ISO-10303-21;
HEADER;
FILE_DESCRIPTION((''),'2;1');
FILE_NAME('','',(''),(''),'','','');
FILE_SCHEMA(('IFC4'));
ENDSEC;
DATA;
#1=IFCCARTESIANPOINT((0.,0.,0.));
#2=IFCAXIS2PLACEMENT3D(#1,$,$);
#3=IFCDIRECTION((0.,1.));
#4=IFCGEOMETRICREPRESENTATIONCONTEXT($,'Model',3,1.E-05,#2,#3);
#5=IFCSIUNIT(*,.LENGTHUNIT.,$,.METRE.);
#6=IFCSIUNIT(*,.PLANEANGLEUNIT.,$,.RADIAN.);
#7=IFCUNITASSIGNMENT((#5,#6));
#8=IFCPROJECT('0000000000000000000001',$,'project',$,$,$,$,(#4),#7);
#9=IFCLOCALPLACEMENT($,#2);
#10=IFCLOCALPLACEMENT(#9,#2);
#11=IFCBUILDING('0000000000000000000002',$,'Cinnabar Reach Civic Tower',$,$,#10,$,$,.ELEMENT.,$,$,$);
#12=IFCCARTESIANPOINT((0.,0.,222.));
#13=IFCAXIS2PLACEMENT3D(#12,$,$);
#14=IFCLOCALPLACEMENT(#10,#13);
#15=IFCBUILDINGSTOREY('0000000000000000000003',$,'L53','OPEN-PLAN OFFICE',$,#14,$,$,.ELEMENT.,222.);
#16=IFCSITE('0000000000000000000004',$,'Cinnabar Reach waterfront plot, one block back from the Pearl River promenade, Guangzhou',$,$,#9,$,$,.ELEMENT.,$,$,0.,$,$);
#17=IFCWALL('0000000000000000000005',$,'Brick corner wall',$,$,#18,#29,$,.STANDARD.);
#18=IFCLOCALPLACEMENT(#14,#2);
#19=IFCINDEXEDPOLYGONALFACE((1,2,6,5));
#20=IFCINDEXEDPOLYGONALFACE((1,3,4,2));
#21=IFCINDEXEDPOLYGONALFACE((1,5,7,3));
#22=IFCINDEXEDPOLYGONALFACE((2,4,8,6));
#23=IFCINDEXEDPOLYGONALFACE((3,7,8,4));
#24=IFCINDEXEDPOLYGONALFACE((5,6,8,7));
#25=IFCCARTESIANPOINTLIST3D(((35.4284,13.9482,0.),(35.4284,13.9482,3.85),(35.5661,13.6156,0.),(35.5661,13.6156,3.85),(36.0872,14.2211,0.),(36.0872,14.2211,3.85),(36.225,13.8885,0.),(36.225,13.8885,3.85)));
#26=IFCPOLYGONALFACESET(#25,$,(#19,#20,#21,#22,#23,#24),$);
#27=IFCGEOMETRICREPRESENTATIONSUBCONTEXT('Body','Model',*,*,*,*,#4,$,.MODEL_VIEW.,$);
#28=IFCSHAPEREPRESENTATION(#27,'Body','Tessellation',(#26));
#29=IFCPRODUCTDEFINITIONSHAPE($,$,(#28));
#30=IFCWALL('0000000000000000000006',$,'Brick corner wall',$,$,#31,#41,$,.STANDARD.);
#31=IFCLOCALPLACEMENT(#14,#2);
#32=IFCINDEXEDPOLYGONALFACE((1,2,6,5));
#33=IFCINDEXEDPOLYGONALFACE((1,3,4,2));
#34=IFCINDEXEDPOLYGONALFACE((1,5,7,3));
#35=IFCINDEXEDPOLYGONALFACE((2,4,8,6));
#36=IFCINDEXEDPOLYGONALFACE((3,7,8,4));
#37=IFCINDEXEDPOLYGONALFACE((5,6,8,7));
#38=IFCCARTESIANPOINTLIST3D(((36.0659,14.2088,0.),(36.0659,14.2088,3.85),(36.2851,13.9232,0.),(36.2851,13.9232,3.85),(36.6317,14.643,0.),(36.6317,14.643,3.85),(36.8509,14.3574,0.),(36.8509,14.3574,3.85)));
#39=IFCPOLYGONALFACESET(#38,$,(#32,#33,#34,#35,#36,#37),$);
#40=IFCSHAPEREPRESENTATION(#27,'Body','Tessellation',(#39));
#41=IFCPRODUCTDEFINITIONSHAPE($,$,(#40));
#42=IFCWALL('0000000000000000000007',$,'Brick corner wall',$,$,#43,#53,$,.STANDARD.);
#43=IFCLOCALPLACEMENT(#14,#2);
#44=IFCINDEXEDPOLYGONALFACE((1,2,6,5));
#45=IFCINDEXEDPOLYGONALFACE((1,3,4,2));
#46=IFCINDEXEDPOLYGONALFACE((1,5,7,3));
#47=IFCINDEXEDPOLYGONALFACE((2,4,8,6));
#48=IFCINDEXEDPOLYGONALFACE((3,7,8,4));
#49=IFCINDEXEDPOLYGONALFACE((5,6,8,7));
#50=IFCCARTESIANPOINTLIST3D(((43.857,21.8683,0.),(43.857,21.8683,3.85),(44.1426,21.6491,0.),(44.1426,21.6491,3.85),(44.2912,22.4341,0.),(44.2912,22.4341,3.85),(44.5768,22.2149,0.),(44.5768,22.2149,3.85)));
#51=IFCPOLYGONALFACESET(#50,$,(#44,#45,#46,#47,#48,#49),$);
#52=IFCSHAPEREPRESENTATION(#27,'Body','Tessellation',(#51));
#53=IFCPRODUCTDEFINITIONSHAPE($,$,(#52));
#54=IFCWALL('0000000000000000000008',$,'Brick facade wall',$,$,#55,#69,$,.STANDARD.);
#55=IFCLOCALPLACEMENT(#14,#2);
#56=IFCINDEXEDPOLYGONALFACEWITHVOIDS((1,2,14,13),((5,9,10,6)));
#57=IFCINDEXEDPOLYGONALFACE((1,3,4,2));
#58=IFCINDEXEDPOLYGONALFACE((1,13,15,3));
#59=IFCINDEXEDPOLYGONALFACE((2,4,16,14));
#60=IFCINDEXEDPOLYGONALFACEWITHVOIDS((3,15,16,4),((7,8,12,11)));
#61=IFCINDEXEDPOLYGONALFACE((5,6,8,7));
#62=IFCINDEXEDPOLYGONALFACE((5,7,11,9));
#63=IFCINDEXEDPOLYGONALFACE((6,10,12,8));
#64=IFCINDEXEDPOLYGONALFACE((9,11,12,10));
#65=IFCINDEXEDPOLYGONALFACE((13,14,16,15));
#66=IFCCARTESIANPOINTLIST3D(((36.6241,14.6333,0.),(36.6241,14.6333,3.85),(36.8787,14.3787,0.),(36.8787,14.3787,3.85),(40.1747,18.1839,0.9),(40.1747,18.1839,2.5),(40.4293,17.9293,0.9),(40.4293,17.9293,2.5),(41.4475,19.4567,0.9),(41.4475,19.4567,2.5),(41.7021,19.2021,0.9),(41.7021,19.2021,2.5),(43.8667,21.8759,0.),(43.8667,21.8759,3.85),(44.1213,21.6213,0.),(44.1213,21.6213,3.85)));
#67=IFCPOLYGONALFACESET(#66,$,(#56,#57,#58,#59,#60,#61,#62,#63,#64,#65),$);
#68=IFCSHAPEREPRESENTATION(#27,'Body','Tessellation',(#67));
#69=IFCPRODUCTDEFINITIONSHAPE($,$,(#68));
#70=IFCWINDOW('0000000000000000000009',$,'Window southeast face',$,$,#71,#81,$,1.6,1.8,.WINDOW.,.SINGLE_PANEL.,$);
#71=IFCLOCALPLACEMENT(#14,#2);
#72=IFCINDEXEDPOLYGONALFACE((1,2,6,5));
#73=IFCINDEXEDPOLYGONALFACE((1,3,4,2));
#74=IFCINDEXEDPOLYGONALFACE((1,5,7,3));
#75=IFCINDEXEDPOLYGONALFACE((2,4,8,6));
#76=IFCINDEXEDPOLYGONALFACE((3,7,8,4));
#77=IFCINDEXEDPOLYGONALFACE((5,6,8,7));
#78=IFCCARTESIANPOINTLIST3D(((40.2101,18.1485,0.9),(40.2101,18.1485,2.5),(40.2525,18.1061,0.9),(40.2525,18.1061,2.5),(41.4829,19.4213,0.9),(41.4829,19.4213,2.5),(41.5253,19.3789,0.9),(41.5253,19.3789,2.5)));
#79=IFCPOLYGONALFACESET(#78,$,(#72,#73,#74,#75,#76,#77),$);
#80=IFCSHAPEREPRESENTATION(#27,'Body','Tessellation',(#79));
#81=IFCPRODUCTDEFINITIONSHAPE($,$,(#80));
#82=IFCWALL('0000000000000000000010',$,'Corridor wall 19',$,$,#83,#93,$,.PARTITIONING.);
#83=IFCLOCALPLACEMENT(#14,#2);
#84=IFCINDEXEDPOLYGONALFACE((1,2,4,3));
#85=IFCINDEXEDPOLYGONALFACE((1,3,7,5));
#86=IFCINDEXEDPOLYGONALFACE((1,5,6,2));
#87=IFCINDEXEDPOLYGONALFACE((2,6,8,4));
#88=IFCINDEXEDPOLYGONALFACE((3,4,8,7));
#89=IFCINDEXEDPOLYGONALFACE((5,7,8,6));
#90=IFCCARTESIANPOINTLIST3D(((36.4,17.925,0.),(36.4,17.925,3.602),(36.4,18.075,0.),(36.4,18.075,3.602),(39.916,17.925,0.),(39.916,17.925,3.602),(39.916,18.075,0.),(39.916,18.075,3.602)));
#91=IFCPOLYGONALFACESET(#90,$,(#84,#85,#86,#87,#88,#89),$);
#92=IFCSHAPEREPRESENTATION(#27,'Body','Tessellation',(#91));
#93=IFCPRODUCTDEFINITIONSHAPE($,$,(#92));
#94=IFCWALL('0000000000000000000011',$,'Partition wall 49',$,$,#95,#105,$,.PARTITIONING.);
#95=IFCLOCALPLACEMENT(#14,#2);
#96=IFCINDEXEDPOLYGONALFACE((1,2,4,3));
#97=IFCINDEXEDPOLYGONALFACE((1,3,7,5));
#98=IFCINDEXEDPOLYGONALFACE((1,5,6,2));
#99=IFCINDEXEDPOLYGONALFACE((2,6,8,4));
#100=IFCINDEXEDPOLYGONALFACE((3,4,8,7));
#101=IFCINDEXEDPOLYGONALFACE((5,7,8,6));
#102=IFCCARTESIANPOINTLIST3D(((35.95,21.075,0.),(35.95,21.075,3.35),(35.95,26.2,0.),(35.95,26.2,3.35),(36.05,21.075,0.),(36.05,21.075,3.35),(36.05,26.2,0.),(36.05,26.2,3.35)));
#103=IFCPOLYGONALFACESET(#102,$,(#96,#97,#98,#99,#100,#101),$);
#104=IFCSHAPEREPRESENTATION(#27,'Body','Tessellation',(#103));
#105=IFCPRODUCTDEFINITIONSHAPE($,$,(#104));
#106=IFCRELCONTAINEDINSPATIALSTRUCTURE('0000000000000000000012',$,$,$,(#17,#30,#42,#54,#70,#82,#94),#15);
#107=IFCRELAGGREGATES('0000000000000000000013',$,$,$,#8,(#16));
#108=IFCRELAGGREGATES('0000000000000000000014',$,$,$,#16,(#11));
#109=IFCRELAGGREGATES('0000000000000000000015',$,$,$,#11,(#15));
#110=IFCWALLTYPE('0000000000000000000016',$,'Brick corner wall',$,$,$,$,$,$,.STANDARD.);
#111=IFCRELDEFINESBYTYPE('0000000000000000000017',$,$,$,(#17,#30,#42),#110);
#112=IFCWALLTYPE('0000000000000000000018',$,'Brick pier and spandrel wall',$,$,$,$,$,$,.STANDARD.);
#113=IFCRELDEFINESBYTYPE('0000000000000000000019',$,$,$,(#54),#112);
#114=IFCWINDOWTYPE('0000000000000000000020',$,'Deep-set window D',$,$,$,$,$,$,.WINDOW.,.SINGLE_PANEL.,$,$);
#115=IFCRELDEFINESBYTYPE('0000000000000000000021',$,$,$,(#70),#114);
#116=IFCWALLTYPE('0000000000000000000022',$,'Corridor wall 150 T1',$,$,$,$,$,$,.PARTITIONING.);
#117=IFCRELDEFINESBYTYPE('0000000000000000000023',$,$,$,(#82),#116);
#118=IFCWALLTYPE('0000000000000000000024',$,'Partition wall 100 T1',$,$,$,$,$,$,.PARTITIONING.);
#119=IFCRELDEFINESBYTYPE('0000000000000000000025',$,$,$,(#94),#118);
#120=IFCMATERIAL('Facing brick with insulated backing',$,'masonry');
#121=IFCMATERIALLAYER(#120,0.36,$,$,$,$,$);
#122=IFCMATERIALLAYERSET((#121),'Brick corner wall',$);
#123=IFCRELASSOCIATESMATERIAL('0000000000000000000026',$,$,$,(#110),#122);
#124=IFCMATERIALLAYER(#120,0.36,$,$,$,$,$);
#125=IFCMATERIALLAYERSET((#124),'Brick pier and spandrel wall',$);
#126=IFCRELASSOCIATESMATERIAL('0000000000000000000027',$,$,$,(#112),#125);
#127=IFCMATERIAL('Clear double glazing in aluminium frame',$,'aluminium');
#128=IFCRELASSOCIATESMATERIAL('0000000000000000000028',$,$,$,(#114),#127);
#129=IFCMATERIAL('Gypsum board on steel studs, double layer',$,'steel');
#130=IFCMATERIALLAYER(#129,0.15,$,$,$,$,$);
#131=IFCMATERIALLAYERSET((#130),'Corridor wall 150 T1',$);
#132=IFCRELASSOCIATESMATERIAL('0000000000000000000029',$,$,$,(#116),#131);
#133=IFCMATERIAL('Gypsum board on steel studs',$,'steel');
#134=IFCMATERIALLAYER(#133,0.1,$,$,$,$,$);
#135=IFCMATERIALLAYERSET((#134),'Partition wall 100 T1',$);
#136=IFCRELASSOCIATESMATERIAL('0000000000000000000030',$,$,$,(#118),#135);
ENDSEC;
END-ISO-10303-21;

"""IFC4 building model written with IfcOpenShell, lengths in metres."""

from ifc_helpers import new_model, si_unit, direction, frame, frame_2d, origin, place, context, subcontext, project, spatial, rectangle, extrude, material, layer, layer_set, type_object, element, fill, save


model = new_model("IFC4")

# Units and contexts
model_context = context("Model", 3, precision=1e-05, world=origin(), true_north=direction((0.0, 1.0)))
body_context = subcontext(model_context, "Body", "Model", "MODEL_VIEW")
ifc_project = project(units=[si_unit("LENGTHUNIT", "METRE"), si_unit("PLANEANGLEUNIT", "RADIAN")], contexts=[model_context])

# Site, building, storey
site_placement = place(None, origin())
site = spatial("IfcSite", under=ifc_project, at=site_placement, Name="Cinnabar Reach waterfront plot, one block back from the Pearl River promenade, Guangzhou", CompositionType="ELEMENT", RefElevation=0.0)
building_placement = place(site_placement, origin())
building = spatial("IfcBuilding", under=site, at=building_placement, Name="Cinnabar Reach Civic Tower", CompositionType="ELEMENT")
storey_placement = place(building_placement, frame((0.0, 0.0, 222.0)))
storey = spatial("IfcBuildingStorey", under=building, at=storey_placement, Name="L53", Description="OPEN-PLAN OFFICE", CompositionType="ELEMENT", Elevation=222.0)

# Walls
ifc_material_1 = material(Name="Facing brick with insulated backing", Category="masonry")
ifc_layer_1 = layer(ifc_material_1, 0.36)
ifc_layer_set_1 = layer_set([ifc_layer_1], Name="Brick corner wall")
wall_type_1 = type_object("IfcWallType", Name="Brick corner wall", PredefinedType="STANDARD", material=ifc_layer_set_1)
wall_1_placement = place(storey_placement, frame((35.4973, 13.7819, 0.0), z_axis=(0.0, 0.0, 1.0), x_axis=(0.923872, 0.382703, 0.0)))
element("IfcWall", 1, at=wall_1_placement, inside=storey, type_object=wall_type_1, Name="Brick corner wall", PredefinedType="STANDARD", context=body_context, shape_type="SweptSolid", body=[
    extrude(rectangle(XDim=0.7131, YDim=0.36, at=frame_2d((0.3565, 0.0))), origin(), (0.0, 0.0, 1.0), 3.85),
])
for number, where, z_axis, x_axis, name in (
    (2, (36.1755, 14.066, 0.0), (0.0, 0.0, 1.0), (0.793322, 0.608802, 0.0), "Brick corner wall"),
    (3, (43.9998, 21.7587, 0.0), (0.0, 0.0, 1.0), (0.608802, 0.793322, 0.0), "Brick corner wall"),
):
    element("IfcWall", number, at=place(storey_placement, frame(where, z_axis=z_axis, x_axis=x_axis)), inside=storey, type_object=wall_type_1, Name=name, PredefinedType="STANDARD", context=body_context, shape_type="SweptSolid", body=[
        extrude(rectangle(XDim=0.7132, YDim=0.36, at=frame_2d((0.3566, 0.0))), origin(), (0.0, 0.0, 1.0), 3.85),
    ])

# Wall, opening, window
ifc_layer_2 = layer(ifc_material_1, 0.36)
ifc_layer_set_2 = layer_set([ifc_layer_2], Name="Brick pier and spandrel wall")
wall_type_2 = type_object("IfcWallType", Name="Brick pier and spandrel wall", PredefinedType="STANDARD", material=ifc_layer_set_2)
wall_2_placement = place(storey_placement, frame((36.7514, 14.506, 0.0), z_axis=(0.0, 0.0, 1.0), x_axis=(0.707107, 0.707107, 0.0)))
wall_2 = element("IfcWall", 4, at=wall_2_placement, inside=storey, type_object=wall_type_2, Name="Brick facade wall", PredefinedType="STANDARD", context=body_context, shape_type="SweptSolid", body=[
    extrude(rectangle(XDim=10.2426, YDim=0.36, at=frame_2d((5.1213, 0.0))), origin(), (0.0, 0.0, 1.0), 3.85),
])
opening_placement = place(wall_2_placement, frame((5.0213, 0.0, 0.9)))
opening = element("IfcOpeningElement", 5, at=opening_placement, cuts=wall_2, PredefinedType="OPENING", context=body_context, shape_type="SweptSolid", body=[
    extrude(rectangle(XDim=1.8, YDim=1.6, at=frame_2d((0.9, 0.8))), frame((0.0, 0.19, 0.0), z_axis=(0.0, -1.0, 0.0), x_axis=(1.0, 0.0, 0.0)), (0.0, 0.0, 1.0), 0.38),
])
ifc_material_2 = material(Name="Clear double glazing in aluminium frame", Category="aluminium")
window_type = type_object("IfcWindowType", Name="Deep-set window D", PartitioningType="SINGLE_PANEL", PredefinedType="WINDOW", material=ifc_material_2)
window_placement = place(opening_placement, origin())
window = element("IfcWindow", 6, at=window_placement, inside=storey, type_object=window_type, Name="Window southeast face", OverallHeight=1.6, OverallWidth=1.8, PartitioningType="SINGLE_PANEL", PredefinedType="WINDOW", context=body_context, shape_type="SweptSolid", body=[
    extrude(rectangle(XDim=1.8, YDim=1.6, at=frame_2d((0.9, 0.8))), frame((0.0, 0.13, 0.0), z_axis=(0.0, -1.0, 0.0), x_axis=(1.0, 0.0, 0.0)), (0.0, 0.0, 1.0), 0.06),
])
fill(opening, window)

# Walls
ifc_material_3 = material(Name="Gypsum board on steel studs, double layer", Category="steel")
ifc_layer_3 = layer(ifc_material_3, 0.15)
ifc_layer_set_3 = layer_set([ifc_layer_3], Name="Corridor wall 150 T1")
wall_type_3 = type_object("IfcWallType", Name="Corridor wall 150 T1", PredefinedType="PARTITIONING", material=ifc_layer_set_3)
wall_3_placement = place(storey_placement, frame((36.4, 18.0, 0.0), z_axis=(0.0, 0.0, 1.0), x_axis=(1.0, 0.0, 0.0)))
element("IfcWall", 7, at=wall_3_placement, inside=storey, type_object=wall_type_3, Name="Corridor wall 19", PredefinedType="PARTITIONING", context=body_context, shape_type="SweptSolid", body=[
    extrude(rectangle(XDim=3.516, YDim=0.15, at=frame_2d((1.758, 0.0))), origin(), (0.0, 0.0, 1.0), 3.602),
])
ifc_material_4 = material(Name="Gypsum board on steel studs", Category="steel")
ifc_layer_4 = layer(ifc_material_4, 0.1)
ifc_layer_set_4 = layer_set([ifc_layer_4], Name="Partition wall 100 T1")
wall_type_4 = type_object("IfcWallType", Name="Partition wall 100 T1", PredefinedType="PARTITIONING", material=ifc_layer_set_4)
wall_4_placement = place(storey_placement, frame((36.0, 21.075, 0.0), z_axis=(0.0, 0.0, 1.0), x_axis=(0.0, 1.0, 0.0)))
element("IfcWall", 8, at=wall_4_placement, inside=storey, type_object=wall_type_4, Name="Partition wall 49", PredefinedType="PARTITIONING", context=body_context, shape_type="SweptSolid", body=[
    extrude(rectangle(XDim=5.125, YDim=0.1, at=frame_2d((2.5625, 0.0))), origin(), (0.0, 0.0, 1.0), 3.35),
])

save(model, "model.ifc")
